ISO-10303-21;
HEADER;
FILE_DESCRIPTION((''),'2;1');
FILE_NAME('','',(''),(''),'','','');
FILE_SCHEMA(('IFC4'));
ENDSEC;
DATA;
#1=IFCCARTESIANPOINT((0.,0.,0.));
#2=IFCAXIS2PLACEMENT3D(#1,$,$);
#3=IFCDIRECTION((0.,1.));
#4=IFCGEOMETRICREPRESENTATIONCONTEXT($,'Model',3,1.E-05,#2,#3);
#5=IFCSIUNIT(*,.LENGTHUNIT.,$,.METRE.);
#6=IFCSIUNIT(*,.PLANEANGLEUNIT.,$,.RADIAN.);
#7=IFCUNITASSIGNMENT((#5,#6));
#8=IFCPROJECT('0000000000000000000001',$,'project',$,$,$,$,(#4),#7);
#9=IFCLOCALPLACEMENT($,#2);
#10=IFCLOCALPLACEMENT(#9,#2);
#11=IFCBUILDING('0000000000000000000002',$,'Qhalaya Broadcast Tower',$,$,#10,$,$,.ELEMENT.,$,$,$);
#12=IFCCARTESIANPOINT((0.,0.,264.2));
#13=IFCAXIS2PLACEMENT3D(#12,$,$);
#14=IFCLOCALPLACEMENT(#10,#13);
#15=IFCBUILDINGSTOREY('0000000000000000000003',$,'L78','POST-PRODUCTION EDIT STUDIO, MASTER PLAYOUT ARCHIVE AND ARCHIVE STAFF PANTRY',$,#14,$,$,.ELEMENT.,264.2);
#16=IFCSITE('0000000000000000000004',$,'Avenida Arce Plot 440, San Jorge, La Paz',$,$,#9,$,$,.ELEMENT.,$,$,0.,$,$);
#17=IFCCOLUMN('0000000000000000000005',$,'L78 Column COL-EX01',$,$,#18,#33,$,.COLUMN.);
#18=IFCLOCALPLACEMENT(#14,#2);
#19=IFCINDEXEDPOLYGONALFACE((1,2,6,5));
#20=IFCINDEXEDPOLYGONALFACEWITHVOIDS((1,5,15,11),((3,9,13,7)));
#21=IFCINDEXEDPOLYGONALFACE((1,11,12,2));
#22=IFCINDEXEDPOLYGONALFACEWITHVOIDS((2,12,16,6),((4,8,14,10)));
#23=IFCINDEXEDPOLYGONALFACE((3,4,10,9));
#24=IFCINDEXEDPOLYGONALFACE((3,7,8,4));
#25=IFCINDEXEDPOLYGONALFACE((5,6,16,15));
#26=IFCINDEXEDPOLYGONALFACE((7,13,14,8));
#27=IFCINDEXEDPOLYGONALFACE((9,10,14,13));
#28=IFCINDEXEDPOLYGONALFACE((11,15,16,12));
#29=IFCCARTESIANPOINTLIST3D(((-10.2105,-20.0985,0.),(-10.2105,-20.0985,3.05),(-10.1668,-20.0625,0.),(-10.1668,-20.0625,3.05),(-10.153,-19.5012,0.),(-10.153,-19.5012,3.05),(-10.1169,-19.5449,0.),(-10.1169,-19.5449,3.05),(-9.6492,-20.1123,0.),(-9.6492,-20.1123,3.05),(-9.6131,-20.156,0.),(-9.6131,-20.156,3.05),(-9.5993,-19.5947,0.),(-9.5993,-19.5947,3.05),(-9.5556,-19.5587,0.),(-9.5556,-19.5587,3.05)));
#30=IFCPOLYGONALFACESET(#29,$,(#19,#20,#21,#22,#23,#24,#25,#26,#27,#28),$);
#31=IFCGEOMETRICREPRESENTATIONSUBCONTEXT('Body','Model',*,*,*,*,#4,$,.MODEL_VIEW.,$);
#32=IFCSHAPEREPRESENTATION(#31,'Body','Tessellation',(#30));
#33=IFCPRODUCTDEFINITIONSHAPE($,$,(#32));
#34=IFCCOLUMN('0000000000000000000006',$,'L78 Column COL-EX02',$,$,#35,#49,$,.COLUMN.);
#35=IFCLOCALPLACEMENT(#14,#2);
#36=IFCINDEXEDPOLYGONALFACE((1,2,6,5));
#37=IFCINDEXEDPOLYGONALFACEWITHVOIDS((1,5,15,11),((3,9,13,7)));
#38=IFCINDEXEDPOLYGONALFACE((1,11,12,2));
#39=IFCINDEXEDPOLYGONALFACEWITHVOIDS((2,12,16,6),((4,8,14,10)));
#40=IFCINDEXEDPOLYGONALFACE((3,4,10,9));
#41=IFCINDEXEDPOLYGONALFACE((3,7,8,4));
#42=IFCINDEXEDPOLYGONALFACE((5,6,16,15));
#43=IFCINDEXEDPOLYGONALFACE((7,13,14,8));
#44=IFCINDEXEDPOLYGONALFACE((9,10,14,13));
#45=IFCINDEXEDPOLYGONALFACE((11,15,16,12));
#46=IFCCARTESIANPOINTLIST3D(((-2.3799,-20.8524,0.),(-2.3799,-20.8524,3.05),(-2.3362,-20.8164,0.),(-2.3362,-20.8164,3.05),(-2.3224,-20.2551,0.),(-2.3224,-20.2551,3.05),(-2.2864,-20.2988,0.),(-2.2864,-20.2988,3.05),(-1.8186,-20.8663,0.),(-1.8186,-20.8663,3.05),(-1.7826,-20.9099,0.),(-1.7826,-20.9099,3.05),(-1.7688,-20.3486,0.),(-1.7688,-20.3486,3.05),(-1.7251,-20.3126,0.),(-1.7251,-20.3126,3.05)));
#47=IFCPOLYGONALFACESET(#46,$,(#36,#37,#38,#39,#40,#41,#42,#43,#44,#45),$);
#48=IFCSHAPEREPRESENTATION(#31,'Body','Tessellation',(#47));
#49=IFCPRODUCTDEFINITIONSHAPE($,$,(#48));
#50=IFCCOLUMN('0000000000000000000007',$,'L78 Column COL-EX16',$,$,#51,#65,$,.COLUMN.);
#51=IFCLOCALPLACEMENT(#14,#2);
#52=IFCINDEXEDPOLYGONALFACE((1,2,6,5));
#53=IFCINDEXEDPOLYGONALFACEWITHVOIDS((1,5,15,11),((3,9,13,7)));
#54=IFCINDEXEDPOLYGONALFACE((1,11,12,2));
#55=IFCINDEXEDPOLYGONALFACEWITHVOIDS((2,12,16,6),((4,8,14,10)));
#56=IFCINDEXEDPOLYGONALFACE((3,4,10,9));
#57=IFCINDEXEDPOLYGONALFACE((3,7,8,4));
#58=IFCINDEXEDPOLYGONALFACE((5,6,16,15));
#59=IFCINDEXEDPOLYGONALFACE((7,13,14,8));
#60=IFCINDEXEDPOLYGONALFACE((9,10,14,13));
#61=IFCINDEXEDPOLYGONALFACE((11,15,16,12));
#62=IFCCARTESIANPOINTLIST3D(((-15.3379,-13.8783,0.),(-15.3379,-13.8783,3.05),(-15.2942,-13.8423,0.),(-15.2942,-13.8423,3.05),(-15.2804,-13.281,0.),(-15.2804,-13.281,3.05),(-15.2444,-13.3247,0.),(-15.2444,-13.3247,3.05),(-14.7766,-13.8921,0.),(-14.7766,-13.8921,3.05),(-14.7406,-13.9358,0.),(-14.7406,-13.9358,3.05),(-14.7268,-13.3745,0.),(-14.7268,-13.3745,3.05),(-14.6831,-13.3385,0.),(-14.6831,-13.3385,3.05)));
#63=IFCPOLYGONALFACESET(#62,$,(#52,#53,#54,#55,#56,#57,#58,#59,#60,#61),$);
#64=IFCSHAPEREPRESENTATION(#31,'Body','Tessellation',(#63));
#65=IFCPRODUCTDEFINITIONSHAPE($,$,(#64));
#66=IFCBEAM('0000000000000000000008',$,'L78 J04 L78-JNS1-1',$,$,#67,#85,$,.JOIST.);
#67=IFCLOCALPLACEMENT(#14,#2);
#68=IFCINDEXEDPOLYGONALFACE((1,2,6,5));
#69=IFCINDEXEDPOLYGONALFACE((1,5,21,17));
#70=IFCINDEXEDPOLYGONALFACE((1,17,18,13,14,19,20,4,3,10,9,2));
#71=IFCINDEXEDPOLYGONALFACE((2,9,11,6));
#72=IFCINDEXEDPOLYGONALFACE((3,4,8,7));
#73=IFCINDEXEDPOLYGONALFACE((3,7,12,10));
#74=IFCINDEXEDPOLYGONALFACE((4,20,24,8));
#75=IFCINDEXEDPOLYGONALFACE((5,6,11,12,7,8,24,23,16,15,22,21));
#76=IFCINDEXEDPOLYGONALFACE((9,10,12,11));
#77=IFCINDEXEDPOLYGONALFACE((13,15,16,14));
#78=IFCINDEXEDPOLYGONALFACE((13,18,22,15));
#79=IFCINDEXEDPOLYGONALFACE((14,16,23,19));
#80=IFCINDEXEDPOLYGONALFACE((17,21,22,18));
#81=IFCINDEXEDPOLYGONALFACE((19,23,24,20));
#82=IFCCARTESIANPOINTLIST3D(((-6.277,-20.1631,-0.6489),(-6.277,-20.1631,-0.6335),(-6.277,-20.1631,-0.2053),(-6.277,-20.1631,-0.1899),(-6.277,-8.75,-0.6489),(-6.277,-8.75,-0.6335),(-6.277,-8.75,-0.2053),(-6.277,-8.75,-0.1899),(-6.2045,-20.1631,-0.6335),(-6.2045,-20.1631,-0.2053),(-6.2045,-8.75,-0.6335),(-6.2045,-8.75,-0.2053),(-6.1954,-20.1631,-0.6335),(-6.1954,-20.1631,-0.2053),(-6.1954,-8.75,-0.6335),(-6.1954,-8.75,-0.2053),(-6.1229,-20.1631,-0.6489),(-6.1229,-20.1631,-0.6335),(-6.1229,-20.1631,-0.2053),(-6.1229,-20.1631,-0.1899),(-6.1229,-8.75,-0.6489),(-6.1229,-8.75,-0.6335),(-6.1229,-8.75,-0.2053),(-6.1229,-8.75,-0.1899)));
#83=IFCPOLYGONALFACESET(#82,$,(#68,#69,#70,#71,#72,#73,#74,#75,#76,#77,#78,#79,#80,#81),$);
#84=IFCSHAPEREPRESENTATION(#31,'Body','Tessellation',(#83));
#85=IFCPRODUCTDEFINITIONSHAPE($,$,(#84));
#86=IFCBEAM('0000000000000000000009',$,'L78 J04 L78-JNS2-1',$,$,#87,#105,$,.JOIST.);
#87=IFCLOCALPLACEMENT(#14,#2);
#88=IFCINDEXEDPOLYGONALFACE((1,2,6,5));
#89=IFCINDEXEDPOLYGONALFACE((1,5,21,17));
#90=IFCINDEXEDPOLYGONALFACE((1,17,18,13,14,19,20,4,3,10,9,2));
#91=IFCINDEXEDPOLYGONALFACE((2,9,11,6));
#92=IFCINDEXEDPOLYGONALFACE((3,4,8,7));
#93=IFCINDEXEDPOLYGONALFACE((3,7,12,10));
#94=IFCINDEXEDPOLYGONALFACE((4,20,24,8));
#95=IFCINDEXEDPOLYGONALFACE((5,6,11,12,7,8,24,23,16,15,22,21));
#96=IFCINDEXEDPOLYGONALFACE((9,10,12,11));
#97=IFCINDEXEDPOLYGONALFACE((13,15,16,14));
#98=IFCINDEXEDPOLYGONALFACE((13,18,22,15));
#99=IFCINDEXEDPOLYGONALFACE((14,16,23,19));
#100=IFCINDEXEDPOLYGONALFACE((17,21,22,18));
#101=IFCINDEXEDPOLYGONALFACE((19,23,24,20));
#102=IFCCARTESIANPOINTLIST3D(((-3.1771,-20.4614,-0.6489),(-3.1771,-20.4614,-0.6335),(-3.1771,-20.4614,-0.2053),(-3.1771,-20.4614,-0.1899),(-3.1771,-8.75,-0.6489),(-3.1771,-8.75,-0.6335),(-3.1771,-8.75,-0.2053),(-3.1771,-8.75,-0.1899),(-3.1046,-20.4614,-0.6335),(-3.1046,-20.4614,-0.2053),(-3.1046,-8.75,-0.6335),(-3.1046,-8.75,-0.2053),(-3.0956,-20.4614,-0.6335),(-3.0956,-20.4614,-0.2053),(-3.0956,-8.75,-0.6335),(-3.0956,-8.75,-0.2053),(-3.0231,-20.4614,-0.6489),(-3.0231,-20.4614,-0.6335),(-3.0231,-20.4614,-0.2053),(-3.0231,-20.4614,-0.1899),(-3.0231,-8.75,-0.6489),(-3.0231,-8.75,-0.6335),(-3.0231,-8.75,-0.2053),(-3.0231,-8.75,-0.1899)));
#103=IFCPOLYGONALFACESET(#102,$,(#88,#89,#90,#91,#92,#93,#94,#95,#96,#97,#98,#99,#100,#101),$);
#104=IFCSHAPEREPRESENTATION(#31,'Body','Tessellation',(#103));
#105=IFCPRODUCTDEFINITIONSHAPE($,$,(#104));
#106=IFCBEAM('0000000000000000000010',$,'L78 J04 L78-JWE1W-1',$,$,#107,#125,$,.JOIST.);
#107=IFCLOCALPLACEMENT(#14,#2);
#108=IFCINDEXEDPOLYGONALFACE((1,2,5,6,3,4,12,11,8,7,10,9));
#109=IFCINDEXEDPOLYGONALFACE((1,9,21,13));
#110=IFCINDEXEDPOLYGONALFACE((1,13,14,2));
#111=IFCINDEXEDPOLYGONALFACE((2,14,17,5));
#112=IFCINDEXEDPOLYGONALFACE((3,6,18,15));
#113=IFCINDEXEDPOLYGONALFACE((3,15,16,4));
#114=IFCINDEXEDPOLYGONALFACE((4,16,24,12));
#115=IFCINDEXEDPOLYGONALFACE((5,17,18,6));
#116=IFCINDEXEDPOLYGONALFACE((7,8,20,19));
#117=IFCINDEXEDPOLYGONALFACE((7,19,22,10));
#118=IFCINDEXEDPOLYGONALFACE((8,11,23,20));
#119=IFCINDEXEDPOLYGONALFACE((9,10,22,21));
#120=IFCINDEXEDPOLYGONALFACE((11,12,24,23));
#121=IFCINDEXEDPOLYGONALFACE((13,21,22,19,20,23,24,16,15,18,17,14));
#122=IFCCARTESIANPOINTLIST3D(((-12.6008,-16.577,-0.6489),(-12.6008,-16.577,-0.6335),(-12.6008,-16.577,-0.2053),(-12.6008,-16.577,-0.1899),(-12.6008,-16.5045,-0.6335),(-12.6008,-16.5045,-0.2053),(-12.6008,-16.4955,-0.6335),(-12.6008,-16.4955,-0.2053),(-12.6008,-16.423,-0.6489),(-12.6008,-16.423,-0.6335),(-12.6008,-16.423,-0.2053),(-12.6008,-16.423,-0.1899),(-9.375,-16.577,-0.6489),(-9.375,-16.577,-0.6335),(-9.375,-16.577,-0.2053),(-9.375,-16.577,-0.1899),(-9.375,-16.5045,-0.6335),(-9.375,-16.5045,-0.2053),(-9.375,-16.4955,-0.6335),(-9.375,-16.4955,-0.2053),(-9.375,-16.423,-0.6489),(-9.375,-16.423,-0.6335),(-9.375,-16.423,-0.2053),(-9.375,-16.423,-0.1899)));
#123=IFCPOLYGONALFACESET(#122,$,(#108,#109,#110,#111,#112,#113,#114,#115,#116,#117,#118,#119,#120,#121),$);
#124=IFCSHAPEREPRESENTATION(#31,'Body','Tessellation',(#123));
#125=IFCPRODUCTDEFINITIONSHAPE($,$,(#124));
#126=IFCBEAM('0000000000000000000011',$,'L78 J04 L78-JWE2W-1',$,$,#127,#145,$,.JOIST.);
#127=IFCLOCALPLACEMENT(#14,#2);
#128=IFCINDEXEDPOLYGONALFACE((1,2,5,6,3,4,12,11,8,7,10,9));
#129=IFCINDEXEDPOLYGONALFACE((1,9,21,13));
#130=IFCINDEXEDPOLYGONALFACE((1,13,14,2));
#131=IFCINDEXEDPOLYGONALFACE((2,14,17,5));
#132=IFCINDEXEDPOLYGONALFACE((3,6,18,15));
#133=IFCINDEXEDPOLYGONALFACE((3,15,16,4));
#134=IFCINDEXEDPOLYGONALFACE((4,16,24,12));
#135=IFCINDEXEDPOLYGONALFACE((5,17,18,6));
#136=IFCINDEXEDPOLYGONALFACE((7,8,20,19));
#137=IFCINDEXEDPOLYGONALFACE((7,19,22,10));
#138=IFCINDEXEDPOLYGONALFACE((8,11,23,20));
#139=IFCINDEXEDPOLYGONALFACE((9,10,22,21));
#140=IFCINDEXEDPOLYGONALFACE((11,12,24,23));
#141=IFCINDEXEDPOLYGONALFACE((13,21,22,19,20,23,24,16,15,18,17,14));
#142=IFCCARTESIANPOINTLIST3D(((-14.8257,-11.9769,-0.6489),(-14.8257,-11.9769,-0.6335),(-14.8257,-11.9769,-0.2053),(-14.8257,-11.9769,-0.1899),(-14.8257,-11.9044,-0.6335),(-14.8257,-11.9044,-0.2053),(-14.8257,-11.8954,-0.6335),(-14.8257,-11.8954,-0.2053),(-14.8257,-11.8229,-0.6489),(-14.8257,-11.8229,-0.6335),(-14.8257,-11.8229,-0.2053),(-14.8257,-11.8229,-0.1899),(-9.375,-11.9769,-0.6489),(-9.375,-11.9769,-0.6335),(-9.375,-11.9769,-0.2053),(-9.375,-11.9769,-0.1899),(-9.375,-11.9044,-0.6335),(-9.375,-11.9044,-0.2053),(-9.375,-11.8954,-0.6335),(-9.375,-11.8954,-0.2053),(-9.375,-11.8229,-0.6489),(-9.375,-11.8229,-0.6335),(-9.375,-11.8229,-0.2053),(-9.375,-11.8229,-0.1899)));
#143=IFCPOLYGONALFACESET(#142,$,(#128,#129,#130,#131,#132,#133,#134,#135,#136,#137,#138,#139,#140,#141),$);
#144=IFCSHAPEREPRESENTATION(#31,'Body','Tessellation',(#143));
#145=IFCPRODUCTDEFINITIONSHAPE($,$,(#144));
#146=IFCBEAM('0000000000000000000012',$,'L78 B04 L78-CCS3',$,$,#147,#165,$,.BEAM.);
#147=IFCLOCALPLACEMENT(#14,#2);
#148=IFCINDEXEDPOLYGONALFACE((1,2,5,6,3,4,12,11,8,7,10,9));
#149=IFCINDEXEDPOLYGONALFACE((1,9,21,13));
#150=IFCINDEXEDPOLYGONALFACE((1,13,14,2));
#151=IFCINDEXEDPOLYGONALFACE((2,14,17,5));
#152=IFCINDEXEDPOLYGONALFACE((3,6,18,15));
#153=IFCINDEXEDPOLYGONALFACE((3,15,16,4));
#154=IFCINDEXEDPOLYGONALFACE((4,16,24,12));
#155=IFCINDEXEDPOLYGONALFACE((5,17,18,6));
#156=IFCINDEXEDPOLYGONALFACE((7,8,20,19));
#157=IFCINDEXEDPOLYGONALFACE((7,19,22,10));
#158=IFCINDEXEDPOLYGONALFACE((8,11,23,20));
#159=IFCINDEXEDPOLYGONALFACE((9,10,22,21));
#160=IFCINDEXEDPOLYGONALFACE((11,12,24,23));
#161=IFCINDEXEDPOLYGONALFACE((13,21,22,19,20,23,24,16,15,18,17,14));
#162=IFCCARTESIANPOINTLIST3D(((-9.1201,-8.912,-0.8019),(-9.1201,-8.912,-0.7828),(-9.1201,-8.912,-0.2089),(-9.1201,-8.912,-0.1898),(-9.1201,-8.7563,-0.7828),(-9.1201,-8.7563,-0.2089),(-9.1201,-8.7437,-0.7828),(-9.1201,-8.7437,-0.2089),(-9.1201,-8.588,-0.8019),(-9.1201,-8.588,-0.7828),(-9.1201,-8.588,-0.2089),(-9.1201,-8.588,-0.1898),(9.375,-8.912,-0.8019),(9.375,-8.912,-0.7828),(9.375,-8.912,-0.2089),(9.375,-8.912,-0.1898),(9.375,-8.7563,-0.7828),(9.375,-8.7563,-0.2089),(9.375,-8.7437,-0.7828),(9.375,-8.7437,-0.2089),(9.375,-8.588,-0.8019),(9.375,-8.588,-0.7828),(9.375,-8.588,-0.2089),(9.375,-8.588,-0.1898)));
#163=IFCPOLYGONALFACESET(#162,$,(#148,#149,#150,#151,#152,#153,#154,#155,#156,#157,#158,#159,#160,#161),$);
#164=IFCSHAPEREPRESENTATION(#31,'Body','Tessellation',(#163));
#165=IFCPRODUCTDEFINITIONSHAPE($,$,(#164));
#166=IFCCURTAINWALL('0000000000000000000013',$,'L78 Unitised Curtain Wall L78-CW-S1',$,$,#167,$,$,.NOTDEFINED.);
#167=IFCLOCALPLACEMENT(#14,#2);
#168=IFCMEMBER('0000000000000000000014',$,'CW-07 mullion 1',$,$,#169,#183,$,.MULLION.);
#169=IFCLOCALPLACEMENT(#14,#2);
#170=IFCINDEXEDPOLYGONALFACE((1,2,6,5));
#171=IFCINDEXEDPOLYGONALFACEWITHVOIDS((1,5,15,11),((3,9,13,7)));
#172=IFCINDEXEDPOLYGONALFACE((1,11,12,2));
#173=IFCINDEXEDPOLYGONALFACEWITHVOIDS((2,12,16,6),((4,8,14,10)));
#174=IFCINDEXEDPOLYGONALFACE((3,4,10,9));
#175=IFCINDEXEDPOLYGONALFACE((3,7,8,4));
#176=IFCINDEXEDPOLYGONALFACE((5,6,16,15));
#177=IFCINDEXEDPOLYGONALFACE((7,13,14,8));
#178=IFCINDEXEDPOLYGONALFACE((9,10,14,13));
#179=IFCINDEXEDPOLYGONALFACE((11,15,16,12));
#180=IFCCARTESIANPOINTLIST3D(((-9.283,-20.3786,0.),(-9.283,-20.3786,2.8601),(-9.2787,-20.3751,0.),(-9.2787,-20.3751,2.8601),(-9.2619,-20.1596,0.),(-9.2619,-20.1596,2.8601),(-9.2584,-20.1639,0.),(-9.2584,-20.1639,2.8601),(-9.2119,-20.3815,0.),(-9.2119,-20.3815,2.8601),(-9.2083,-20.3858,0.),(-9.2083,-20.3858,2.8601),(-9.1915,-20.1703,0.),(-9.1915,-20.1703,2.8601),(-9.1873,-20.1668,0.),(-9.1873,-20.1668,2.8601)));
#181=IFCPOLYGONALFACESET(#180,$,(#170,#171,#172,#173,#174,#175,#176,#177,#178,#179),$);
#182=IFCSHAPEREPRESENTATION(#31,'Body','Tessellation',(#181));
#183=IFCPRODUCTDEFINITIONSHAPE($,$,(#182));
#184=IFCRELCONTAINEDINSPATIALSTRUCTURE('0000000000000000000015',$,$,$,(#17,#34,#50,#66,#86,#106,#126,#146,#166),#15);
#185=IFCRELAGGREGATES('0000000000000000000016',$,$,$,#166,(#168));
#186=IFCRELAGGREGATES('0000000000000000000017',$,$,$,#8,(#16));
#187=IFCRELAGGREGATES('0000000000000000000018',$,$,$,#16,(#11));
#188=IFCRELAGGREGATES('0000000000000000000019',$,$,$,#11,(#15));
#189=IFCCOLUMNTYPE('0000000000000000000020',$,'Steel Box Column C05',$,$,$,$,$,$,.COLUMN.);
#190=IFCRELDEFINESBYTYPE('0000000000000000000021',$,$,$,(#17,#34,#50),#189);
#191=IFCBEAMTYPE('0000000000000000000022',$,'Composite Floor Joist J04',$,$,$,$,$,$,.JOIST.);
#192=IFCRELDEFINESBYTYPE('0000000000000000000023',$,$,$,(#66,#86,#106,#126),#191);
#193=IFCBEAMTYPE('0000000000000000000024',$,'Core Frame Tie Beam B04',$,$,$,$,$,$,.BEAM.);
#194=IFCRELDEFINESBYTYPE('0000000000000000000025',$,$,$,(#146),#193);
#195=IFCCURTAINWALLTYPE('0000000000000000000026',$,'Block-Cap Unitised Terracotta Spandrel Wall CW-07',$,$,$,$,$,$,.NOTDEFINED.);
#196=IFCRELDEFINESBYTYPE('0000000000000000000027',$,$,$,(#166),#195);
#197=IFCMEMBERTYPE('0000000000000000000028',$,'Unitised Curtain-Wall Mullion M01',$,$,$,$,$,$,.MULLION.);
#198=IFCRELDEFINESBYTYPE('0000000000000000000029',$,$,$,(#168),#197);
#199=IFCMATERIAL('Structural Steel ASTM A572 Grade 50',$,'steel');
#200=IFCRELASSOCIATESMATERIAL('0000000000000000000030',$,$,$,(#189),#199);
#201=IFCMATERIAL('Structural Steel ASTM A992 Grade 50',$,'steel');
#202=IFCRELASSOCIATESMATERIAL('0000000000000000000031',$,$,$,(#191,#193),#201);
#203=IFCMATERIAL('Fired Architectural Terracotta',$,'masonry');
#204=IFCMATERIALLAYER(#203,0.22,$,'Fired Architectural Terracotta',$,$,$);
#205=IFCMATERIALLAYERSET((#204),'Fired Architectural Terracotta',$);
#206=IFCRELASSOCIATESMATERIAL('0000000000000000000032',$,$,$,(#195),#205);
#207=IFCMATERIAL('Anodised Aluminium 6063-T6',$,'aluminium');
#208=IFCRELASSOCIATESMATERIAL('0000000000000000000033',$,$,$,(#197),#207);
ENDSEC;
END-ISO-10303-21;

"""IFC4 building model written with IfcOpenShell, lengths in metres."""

from ifc_helpers import new_model, si_unit, direction, frame, origin, origin_2d, place, context, subcontext, project, spatial, hollow_rectangle, i_section, extrude, material, layer, layer_set, material_profile, profile_set, type_object, element, aggregate, save


model = new_model("IFC4")

# Units and contexts
model_context = context("Model", 3, precision=1e-05, world=origin(), true_north=direction((0.0, 1.0)))
body_context = subcontext(model_context, "Body", "Model", "MODEL_VIEW")
ifc_project = project(units=[si_unit("LENGTHUNIT", "METRE"), si_unit("PLANEANGLEUNIT", "RADIAN")], contexts=[model_context])

# Site, building, storey
site_placement = place(None, origin())
site = spatial("IfcSite", under=ifc_project, at=site_placement, Name="Avenida Arce Plot 440, San Jorge, La Paz", CompositionType="ELEMENT", RefElevation=0.0)
building_placement = place(site_placement, origin())
building = spatial("IfcBuilding", under=site, at=building_placement, Name="Qhalaya Broadcast Tower", CompositionType="ELEMENT")
storey_placement = place(building_placement, frame((0.0, 0.0, 264.2)))
storey = spatial("IfcBuildingStorey", under=building, at=storey_placement, Name="L78", Description="POST-PRODUCTION EDIT STUDIO, MASTER PLAYOUT ARCHIVE AND ARCHIVE STAFF PANTRY", CompositionType="ELEMENT", Elevation=264.2)

# Columns
ifc_material_1 = material(Name="Structural Steel ASTM A572 Grade 50", Category="steel")
ifc_material_profile_1 = material_profile(ifc_material_1, hollow_rectangle(XDim=0.6001, YDim=0.6001, WallThickness=0.04, at=origin_2d()), Name="BOX 600x600x40")
ifc_profile_set_1 = profile_set([ifc_material_profile_1], Name="Structural Steel ASTM A572 Grade 50")
column_type = type_object("IfcColumnType", Name="Steel Box Column C05", PredefinedType="COLUMN", material=ifc_profile_set_1)
for number, where, z_axis, x_axis, name in (
    (1, (-9.8831, -19.8286, 0.0), (0.0, 0.0, 1.0), (0.995396, -0.095846, 0.0), "L78 Column COL-EX01"),
    (2, (-2.0525, -20.5825, 0.0), (0.0, 0.0, 1.0), (0.995396, -0.095846, 0.0), "L78 Column COL-EX02"),
    (3, (-15.0105, -13.6084, 0.0), (0.0, 0.0, 1.0), (0.095846, 0.995396, 0.0), "L78 Column COL-EX16"),
):
    element("IfcColumn", number, at=place(storey_placement, frame(where, z_axis=z_axis, x_axis=x_axis)), inside=storey, type_object=column_type, Name=name, PredefinedType="COLUMN", context=body_context, shape_type="SweptSolid", body=[
        extrude(hollow_rectangle(XDim=0.6001, YDim=0.6001, WallThickness=0.04, at=origin_2d()), origin(), (0.0, 0.0, 1.0), 3.05),
    ])

# Beams
ifc_material_2 = material(Name="Structural Steel ASTM A992 Grade 50", Category="steel")
ifc_material_profile_2 = material_profile(ifc_material_2, i_section(OverallWidth=0.1541, OverallDepth=0.459, WebThickness=0.009, FlangeThickness=0.0154, at=origin_2d()), Name="W18X46")
ifc_profile_set_2 = profile_set([ifc_material_profile_2], Name="Structural Steel ASTM A992 Grade 50")
beam_type_1 = type_object("IfcBeamType", Name="Composite Floor Joist J04", PredefinedType="JOIST", material=ifc_profile_set_2)
beam_1_placement = place(storey_placement, frame((-6.2, -20.1631, -0.4194), z_axis=(0.0, 1.0, 0.0), x_axis=(-1.0, 0.0, 0.0)))
element("IfcBeam", 4, at=beam_1_placement, inside=storey, type_object=beam_type_1, Name="L78 J04 L78-JNS1-1", PredefinedType="JOIST", context=body_context, shape_type="SweptSolid", body=[
    extrude(i_section(OverallWidth=0.1541, OverallDepth=0.459, WebThickness=0.009, FlangeThickness=0.0154, at=origin_2d()), origin(), (0.0, 0.0, 1.0), 11.4131),
])
beam_2_placement = place(storey_placement, frame((-3.1001, -20.4614, -0.4194), z_axis=(0.0, 1.0, 0.0), x_axis=(-1.0, 0.0, 0.0)))
element("IfcBeam", 5, at=beam_2_placement, inside=storey, type_object=beam_type_1, Name="L78 J04 L78-JNS2-1", PredefinedType="JOIST", context=body_context, shape_type="SweptSolid", body=[
    extrude(i_section(OverallWidth=0.1541, OverallDepth=0.459, WebThickness=0.009, FlangeThickness=0.0154, at=origin_2d()), origin(), (0.0, 0.0, 1.0), 11.7114),
])
beam_3_placement = place(storey_placement, frame((-12.6008, -16.5, -0.4194), z_axis=(1.0, 0.0, 0.0), x_axis=(0.0, 1.0, 0.0)))
element("IfcBeam", 6, at=beam_3_placement, inside=storey, type_object=beam_type_1, Name="L78 J04 L78-JWE1W-1", PredefinedType="JOIST", context=body_context, shape_type="SweptSolid", body=[
    extrude(i_section(OverallWidth=0.1541, OverallDepth=0.459, WebThickness=0.009, FlangeThickness=0.0154, at=origin_2d()), origin(), (0.0, 0.0, 1.0), 3.2258),
])
beam_4_placement = place(storey_placement, frame((-14.8257, -11.8999, -0.4194), z_axis=(1.0, 0.0, 0.0), x_axis=(0.0, 1.0, 0.0)))
element("IfcBeam", 7, at=beam_4_placement, inside=storey, type_object=beam_type_1, Name="L78 J04 L78-JWE2W-1", PredefinedType="JOIST", context=body_context, shape_type="SweptSolid", body=[
    extrude(i_section(OverallWidth=0.1541, OverallDepth=0.459, WebThickness=0.009, FlangeThickness=0.0154, at=origin_2d()), origin(), (0.0, 0.0, 1.0), 5.4507),
])
ifc_material_profile_3 = material_profile(ifc_material_2, i_section(OverallWidth=0.324, OverallDepth=0.6121, WebThickness=0.0127, FlangeThickness=0.019, at=origin_2d()), Name="W24X104")
ifc_profile_set_3 = profile_set([ifc_material_profile_3], Name="Structural Steel ASTM A992 Grade 50")
beam_type_2 = type_object("IfcBeamType", Name="Core Frame Tie Beam B04", PredefinedType="BEAM", material=ifc_profile_set_3)
beam_5_placement = place(storey_placement, frame((-9.1201, -8.75, -0.4958), z_axis=(1.0, 0.0, 0.0), x_axis=(0.0, 1.0, 0.0)))
element("IfcBeam", 8, at=beam_5_placement, inside=storey, type_object=beam_type_2, Name="L78 B04 L78-CCS3", PredefinedType="BEAM", context=body_context, shape_type="SweptSolid", body=[
    extrude(i_section(OverallWidth=0.324, OverallDepth=0.6121, WebThickness=0.0127, FlangeThickness=0.019, at=origin_2d()), origin(), (0.0, 0.0, 1.0), 18.4951),
])

# Curtain wall, member
ifc_material_3 = material(Name="Fired Architectural Terracotta", Category="masonry")
ifc_layer_1 = layer(ifc_material_3, 0.22, Name="Fired Architectural Terracotta")
ifc_layer_set_1 = layer_set([ifc_layer_1], Name="Fired Architectural Terracotta")
curtain_wall_type_1 = type_object("IfcCurtainWallType", Name="Block-Cap Unitised Terracotta Spandrel Wall CW-07", PredefinedType="NOTDEFINED", material=ifc_layer_set_1)
curtain_wall_1_placement = place(storey_placement, origin())
curtain_wall_1 = element("IfcCurtainWall", 9, at=curtain_wall_1_placement, inside=storey, type_object=curtain_wall_type_1, Name="L78 Unitised Curtain Wall L78-CW-S1", PredefinedType="NOTDEFINED")
ifc_material_4 = material(Name="Anodised Aluminium 6063-T6", Category="aluminium")
ifc_material_profile_4 = material_profile(ifc_material_4, hollow_rectangle(XDim=0.075, YDim=0.22, WallThickness=0.0039, at=origin_2d()), Name="ALU-MUL 75x220x4")
ifc_profile_set_4 = profile_set([ifc_material_profile_4], Name="Anodised Aluminium 6063-T6")
member_type_1 = type_object("IfcMemberType", Name="Unitised Curtain-Wall Mullion M01", PredefinedType="MULLION", material=ifc_profile_set_4)
member_1_placement = place(storey_placement, frame((-9.2351, -20.2727, 0.0), z_axis=(0.0, 0.0, 1.0), x_axis=(0.995395, -0.095857, 0.0)))
member_1 = element("IfcMember", 10, at=member_1_placement, type_object=member_type_1, Name="CW-07 mullion 1", PredefinedType="MULLION", context=body_context, shape_type="SweptSolid", body=[
    extrude(hollow_rectangle(XDim=0.075, YDim=0.22, WallThickness=0.0039, at=origin_2d()), origin(), (0.0, 0.0, 1.0), 2.8601),
])

aggregate(curtain_wall_1, [member_1])

save(model, "model.ifc")
